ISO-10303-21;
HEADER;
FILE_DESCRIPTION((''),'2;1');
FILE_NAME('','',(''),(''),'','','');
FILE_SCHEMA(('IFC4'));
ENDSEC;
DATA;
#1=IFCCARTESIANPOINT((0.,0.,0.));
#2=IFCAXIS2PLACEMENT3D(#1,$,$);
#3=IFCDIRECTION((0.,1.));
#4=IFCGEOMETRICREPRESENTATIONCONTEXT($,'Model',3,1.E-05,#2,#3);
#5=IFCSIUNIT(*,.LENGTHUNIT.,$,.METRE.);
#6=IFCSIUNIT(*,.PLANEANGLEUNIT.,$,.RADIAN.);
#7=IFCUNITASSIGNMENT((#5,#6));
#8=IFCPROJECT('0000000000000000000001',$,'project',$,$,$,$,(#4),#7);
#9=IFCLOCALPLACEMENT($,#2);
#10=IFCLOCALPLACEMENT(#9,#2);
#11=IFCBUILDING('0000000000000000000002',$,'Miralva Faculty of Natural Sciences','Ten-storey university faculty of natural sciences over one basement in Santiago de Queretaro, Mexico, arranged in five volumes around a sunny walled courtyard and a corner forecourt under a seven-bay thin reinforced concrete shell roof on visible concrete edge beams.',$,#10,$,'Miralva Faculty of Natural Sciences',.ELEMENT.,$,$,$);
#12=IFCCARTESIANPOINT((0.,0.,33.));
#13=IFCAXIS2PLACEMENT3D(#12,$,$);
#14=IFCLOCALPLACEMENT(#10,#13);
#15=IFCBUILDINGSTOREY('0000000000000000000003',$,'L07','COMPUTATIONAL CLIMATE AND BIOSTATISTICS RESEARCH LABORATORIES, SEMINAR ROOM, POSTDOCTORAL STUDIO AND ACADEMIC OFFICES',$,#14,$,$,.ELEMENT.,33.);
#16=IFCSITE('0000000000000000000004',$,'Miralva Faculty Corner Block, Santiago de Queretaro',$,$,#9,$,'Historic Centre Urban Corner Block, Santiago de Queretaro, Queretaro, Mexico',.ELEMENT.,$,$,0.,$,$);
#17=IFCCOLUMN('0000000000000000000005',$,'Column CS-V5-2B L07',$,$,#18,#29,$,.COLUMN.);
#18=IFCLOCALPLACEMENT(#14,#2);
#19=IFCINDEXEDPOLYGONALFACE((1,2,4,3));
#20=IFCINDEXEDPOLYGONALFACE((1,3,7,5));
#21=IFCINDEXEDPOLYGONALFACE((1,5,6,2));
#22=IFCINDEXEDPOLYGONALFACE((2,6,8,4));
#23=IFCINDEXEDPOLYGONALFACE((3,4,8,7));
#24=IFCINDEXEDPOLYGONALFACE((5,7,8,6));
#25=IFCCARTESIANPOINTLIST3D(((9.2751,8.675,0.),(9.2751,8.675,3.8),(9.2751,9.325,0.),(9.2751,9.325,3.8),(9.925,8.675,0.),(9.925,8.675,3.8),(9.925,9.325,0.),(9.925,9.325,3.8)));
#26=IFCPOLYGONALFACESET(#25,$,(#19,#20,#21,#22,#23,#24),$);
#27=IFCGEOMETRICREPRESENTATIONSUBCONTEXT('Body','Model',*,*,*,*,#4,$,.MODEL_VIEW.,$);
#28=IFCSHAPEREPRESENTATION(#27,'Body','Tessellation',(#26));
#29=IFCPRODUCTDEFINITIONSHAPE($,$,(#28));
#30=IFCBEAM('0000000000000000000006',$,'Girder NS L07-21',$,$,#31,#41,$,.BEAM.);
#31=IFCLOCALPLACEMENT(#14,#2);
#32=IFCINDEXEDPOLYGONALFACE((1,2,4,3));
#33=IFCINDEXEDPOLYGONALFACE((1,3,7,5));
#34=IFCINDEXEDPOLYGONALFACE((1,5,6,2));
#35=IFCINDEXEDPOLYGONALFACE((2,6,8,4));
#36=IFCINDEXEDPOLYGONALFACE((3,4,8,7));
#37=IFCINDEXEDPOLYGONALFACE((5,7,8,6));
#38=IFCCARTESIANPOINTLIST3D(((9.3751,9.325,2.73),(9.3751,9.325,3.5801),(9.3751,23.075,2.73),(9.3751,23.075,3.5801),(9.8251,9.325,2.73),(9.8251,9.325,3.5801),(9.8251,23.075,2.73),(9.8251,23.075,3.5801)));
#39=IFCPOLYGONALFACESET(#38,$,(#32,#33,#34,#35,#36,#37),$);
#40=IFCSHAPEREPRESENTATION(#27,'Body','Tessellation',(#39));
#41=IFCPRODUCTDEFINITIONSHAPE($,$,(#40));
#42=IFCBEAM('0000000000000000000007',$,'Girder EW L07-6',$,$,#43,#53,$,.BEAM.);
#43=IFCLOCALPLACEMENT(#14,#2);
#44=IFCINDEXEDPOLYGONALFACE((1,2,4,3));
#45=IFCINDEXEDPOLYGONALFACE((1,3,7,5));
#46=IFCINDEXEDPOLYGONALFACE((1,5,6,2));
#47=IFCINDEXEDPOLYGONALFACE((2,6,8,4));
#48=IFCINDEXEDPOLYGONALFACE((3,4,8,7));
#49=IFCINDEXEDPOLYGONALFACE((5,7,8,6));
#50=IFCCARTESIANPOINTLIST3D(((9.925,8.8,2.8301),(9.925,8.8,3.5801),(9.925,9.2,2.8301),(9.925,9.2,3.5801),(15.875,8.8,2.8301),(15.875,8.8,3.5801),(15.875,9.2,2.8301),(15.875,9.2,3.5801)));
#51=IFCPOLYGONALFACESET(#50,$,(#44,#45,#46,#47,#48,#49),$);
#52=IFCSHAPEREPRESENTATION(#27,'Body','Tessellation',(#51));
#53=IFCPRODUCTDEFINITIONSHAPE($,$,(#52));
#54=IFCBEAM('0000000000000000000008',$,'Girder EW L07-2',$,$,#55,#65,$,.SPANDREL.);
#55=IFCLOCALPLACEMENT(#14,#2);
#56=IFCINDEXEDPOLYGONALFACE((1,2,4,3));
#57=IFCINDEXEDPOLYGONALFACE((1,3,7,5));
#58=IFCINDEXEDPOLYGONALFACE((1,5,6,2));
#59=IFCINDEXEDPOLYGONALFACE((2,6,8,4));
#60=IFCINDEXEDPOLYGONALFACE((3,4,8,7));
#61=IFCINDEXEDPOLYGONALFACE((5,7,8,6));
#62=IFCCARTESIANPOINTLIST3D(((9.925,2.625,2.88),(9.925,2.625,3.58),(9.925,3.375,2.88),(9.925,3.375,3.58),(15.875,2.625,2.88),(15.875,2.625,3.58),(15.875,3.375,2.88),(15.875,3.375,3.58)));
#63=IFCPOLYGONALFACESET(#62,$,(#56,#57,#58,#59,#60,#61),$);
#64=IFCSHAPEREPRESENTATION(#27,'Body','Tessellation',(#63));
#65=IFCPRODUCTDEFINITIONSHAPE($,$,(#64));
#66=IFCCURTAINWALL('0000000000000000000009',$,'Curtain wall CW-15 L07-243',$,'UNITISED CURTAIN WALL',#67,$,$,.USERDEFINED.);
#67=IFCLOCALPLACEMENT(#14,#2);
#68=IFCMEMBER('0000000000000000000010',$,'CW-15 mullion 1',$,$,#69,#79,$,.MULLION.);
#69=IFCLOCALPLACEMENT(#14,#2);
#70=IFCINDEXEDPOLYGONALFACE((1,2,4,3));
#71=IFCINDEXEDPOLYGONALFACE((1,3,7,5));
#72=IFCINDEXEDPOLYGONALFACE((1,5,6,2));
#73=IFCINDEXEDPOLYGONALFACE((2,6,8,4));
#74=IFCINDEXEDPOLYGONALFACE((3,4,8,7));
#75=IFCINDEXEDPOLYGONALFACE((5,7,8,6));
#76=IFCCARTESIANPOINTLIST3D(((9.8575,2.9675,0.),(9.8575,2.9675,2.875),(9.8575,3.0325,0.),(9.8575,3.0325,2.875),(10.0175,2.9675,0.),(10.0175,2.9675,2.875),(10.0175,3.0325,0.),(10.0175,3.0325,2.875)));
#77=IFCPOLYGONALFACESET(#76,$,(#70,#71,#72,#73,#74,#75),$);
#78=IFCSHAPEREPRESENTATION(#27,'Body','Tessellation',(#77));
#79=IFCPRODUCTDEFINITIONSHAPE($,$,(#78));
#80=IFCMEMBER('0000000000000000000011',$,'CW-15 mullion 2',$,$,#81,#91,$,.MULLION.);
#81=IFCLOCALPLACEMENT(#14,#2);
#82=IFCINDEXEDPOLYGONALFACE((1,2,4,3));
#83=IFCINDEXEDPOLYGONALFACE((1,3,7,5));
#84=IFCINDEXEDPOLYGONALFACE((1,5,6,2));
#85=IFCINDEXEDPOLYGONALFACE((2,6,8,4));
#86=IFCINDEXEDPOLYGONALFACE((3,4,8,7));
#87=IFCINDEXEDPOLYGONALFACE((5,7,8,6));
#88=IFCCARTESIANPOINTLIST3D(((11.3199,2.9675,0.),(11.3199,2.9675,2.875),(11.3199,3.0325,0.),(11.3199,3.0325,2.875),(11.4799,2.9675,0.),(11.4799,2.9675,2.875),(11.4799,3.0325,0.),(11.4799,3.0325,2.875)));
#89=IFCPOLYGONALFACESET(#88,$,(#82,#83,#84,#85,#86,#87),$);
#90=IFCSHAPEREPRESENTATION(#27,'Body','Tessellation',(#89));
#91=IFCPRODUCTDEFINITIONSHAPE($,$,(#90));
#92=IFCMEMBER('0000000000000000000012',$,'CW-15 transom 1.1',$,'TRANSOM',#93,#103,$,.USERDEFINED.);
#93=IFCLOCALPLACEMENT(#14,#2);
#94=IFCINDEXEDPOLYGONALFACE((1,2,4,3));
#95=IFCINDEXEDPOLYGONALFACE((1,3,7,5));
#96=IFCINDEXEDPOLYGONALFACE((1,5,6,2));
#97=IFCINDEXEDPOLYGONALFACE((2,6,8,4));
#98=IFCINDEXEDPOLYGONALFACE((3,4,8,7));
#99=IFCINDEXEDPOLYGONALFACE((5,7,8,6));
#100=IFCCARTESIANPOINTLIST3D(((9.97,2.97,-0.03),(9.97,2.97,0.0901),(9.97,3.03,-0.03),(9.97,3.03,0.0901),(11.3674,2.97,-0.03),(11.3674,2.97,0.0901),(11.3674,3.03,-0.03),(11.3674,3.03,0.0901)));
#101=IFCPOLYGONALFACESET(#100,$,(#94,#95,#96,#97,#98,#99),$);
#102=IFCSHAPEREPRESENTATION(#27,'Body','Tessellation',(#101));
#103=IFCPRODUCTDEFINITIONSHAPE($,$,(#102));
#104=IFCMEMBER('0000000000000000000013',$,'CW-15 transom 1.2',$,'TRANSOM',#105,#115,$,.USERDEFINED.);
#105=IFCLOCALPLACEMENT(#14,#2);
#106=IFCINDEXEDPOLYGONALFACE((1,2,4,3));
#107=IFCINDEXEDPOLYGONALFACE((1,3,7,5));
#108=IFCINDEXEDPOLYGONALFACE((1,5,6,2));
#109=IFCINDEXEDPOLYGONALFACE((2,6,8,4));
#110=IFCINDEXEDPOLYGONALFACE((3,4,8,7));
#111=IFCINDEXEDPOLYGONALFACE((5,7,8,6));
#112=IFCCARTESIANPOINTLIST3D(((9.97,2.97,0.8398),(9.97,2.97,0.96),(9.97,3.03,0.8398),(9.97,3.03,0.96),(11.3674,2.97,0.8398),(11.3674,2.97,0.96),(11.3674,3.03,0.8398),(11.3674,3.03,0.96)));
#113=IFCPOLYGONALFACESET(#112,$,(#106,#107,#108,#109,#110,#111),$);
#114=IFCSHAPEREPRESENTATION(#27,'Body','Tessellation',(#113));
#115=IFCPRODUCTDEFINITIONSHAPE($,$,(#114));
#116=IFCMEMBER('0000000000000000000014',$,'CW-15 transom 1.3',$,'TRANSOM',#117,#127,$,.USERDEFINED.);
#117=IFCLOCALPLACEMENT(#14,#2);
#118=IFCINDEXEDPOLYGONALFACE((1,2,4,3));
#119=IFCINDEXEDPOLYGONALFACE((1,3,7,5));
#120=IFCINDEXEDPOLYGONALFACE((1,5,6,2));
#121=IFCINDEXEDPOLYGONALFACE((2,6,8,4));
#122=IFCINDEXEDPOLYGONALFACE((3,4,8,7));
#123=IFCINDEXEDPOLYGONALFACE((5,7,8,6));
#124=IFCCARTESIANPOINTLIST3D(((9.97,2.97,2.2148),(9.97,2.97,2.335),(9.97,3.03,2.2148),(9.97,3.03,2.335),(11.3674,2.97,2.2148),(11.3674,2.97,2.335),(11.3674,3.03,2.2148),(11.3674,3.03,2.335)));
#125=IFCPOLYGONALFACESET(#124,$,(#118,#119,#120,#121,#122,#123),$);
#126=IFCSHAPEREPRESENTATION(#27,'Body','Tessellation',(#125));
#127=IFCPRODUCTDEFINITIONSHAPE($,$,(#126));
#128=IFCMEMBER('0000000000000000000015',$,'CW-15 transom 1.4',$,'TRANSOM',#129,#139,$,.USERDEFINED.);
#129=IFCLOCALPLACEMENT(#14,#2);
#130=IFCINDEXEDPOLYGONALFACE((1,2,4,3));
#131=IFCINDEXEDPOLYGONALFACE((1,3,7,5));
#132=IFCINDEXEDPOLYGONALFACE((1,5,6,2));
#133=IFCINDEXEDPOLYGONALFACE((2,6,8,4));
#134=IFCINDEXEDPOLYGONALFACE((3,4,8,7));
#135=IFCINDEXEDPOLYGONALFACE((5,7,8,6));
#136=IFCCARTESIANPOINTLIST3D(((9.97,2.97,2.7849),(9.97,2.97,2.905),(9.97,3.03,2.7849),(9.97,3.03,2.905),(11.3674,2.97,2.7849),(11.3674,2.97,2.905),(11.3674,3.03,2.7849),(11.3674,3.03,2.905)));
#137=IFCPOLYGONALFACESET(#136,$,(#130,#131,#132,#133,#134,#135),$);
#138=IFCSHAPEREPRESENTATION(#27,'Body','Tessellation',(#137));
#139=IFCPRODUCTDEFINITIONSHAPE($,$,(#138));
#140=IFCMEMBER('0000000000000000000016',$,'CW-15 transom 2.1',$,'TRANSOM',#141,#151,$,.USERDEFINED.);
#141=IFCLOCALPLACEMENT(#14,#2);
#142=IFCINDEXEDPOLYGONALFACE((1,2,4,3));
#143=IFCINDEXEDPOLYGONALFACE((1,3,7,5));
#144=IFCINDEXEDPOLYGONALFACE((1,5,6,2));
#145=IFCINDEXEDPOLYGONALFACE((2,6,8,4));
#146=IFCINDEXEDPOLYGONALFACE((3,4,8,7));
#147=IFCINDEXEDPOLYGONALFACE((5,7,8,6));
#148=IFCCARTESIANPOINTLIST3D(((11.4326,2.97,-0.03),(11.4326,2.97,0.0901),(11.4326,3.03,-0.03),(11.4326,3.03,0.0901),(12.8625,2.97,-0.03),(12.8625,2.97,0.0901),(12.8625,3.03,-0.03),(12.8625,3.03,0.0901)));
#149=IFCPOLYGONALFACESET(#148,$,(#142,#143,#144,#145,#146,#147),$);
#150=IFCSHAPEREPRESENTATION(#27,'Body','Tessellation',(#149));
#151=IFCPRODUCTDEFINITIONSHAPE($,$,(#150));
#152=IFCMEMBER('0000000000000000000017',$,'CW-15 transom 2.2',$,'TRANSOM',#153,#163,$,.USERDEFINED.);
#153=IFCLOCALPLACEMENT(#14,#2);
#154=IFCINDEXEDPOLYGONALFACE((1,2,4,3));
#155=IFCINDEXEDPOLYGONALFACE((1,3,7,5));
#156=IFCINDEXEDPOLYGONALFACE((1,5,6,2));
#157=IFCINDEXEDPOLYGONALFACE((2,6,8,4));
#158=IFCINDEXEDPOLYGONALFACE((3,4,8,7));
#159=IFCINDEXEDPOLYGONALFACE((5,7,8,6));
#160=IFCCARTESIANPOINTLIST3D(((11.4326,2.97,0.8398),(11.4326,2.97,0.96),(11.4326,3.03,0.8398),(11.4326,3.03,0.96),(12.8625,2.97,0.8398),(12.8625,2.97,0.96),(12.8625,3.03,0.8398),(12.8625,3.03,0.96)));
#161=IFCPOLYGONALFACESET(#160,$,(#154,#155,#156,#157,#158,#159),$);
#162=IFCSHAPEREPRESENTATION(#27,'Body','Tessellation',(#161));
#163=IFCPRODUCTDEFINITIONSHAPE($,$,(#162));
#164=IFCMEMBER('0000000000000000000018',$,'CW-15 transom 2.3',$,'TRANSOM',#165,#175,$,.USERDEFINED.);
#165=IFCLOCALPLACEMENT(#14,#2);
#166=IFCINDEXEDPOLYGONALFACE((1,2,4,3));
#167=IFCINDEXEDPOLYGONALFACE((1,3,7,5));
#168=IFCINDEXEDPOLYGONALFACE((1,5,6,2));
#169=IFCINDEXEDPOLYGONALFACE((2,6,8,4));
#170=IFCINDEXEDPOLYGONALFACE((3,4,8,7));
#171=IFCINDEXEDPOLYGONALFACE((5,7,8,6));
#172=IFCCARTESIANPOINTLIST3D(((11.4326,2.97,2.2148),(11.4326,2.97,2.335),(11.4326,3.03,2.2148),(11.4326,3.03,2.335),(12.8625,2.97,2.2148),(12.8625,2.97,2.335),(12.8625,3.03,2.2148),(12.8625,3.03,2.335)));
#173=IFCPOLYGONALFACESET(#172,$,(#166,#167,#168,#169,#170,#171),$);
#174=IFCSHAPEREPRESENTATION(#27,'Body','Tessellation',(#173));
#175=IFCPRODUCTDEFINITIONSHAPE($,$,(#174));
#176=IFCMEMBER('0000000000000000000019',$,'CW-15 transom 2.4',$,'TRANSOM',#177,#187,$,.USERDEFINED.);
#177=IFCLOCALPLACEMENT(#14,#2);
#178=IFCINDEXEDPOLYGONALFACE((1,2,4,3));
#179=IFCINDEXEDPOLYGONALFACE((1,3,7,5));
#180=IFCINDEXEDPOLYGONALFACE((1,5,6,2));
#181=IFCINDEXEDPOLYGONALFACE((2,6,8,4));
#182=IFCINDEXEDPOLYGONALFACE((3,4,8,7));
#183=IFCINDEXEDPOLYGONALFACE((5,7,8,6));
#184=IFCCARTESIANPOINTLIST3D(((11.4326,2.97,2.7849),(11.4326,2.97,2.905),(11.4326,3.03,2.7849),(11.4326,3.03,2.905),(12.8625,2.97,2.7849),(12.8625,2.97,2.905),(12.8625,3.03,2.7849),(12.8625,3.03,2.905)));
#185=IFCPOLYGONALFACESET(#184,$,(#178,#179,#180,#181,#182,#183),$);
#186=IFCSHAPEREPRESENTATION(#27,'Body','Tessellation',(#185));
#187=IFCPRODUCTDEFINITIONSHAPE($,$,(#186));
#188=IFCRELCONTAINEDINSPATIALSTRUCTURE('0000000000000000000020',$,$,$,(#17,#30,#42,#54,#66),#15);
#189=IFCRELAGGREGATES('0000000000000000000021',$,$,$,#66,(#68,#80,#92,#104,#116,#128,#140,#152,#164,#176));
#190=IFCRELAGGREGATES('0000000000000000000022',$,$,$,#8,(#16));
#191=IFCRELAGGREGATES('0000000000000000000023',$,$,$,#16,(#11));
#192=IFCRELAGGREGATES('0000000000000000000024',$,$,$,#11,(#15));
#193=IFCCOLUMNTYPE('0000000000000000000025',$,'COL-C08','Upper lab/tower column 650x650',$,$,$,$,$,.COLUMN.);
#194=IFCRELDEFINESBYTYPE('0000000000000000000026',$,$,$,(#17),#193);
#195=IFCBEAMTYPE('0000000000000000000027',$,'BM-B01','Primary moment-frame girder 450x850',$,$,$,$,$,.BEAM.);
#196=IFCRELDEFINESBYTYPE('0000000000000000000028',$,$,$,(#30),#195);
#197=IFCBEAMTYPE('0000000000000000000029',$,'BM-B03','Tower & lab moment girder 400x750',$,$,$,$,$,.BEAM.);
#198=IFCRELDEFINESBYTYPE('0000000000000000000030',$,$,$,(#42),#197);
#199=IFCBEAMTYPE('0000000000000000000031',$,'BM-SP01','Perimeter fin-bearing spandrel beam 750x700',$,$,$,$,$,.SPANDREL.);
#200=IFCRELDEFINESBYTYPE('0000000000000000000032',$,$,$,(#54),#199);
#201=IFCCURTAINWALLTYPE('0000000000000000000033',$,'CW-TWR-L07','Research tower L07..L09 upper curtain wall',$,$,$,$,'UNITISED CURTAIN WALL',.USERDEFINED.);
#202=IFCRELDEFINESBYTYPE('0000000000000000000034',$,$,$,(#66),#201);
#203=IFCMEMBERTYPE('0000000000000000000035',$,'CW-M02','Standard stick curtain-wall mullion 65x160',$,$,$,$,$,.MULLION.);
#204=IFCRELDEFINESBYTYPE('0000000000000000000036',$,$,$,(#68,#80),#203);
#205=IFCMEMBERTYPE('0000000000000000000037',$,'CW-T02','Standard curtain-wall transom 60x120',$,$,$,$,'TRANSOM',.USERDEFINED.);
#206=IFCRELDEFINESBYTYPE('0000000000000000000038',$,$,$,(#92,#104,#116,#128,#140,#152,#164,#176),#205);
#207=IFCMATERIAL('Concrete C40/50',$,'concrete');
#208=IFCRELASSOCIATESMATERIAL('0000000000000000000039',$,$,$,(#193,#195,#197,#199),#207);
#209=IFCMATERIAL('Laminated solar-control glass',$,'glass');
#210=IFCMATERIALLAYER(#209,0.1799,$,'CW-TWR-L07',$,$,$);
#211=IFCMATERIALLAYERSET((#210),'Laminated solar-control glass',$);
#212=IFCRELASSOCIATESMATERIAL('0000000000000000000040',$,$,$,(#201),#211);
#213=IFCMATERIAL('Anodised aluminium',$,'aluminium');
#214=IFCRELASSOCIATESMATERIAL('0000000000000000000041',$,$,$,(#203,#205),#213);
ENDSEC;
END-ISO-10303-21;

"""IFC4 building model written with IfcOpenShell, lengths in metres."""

from ifc_helpers import new_model, si_unit, direction, frame, origin, origin_2d, place, context, subcontext, project, spatial, rectangle, extrude, material, layer, layer_set, material_profile, profile_set, type_object, element, aggregate, save


model = new_model("IFC4")

# Units and contexts
model_context = context("Model", 3, precision=1e-05, world=origin(), true_north=direction((0.0, 1.0)))
body_context = subcontext(model_context, "Body", "Model", "MODEL_VIEW")
ifc_project = project(units=[si_unit("LENGTHUNIT", "METRE"), si_unit("PLANEANGLEUNIT", "RADIAN")], contexts=[model_context])

# Site, building, storey
site_placement = place(None, origin())
site = spatial("IfcSite", under=ifc_project, at=site_placement, Name="Miralva Faculty Corner Block, Santiago de Queretaro", LongName="Historic Centre Urban Corner Block, Santiago de Queretaro, Queretaro, Mexico", CompositionType="ELEMENT", RefElevation=0.0)
building_placement = place(site_placement, origin())
building = spatial("IfcBuilding", under=site, at=building_placement, Name="Miralva Faculty of Natural Sciences", Description="Ten-storey university faculty of natural sciences over one basement in Santiago de Queretaro, Mexico, arranged in five volumes around a sunny walled courtyard and a corner forecourt under a seven-bay thin reinforced concrete shell roof on visible concrete edge beams.", LongName="Miralva Faculty of Natural Sciences", CompositionType="ELEMENT")
storey_placement = place(building_placement, frame((0.0, 0.0, 33.0)))
storey = spatial("IfcBuildingStorey", under=building, at=storey_placement, Name="L07", Description="COMPUTATIONAL CLIMATE AND BIOSTATISTICS RESEARCH LABORATORIES, SEMINAR ROOM, POSTDOCTORAL STUDIO AND ACADEMIC OFFICES", CompositionType="ELEMENT", Elevation=33.0)

# Column
ifc_material_1 = material(Name="Concrete C40/50", Category="concrete")
ifc_material_profile_1 = material_profile(ifc_material_1, rectangle(XDim=0.6499, YDim=0.6499, at=origin_2d()), Name="RC 650x650")
ifc_profile_set_1 = profile_set([ifc_material_profile_1], Name="Concrete C40/50")
column_type = type_object("IfcColumnType", Name="COL-C08", Description="Upper lab/tower column 650x650", PredefinedType="COLUMN", material=ifc_profile_set_1)
column_placement = place(storey_placement, frame((9.6001, 9.0, 0.0), z_axis=(0.0, 0.0, 1.0), x_axis=(1.0, 0.0, 0.0)))
element("IfcColumn", 1, at=column_placement, inside=storey, type_object=column_type, Name="Column CS-V5-2B L07", PredefinedType="COLUMN", context=body_context, shape_type="SweptSolid", body=[
    extrude(rectangle(XDim=0.6499, YDim=0.6499, at=origin_2d()), origin(), (0.0, 0.0, 1.0), 3.8),
])

# Beams
ifc_material_profile_2 = material_profile(ifc_material_1, rectangle(XDim=0.45, YDim=0.8501, at=origin_2d()), Name="RC 450x850")
ifc_profile_set_2 = profile_set([ifc_material_profile_2], Name="Concrete C40/50")
beam_type_1 = type_object("IfcBeamType", Name="BM-B01", Description="Primary moment-frame girder 450x850", PredefinedType="BEAM", material=ifc_profile_set_2)
beam_1_placement = place(storey_placement, frame((9.6001, 9.325, 3.155), z_axis=(0.0, 1.0, 0.0), x_axis=(-1.0, 0.0, 0.0)))
element("IfcBeam", 2, at=beam_1_placement, inside=storey, type_object=beam_type_1, Name="Girder NS L07-21", PredefinedType="BEAM", context=body_context, shape_type="SweptSolid", body=[
    extrude(rectangle(XDim=0.45, YDim=0.8501, at=origin_2d()), origin(), (0.0, 0.0, 1.0), 13.75),
])
ifc_material_profile_3 = material_profile(ifc_material_1, rectangle(XDim=0.3999, YDim=0.75, at=origin_2d()), Name="RC 400x750")
ifc_profile_set_3 = profile_set([ifc_material_profile_3], Name="Concrete C40/50")
beam_type_2 = type_object("IfcBeamType", Name="BM-B03", Description="Tower & lab moment girder 400x750", PredefinedType="BEAM", material=ifc_profile_set_3)
beam_2_placement = place(storey_placement, frame((9.925, 9.0, 3.2051), z_axis=(1.0, 0.0, 0.0), x_axis=(0.0, 1.0, 0.0)))
element("IfcBeam", 3, at=beam_2_placement, inside=storey, type_object=beam_type_2, Name="Girder EW L07-6", PredefinedType="BEAM", context=body_context, shape_type="SweptSolid", body=[
    extrude(rectangle(XDim=0.3999, YDim=0.75, at=origin_2d()), origin(), (0.0, 0.0, 1.0), 5.95),
])
ifc_material_profile_4 = material_profile(ifc_material_1, rectangle(XDim=0.75, YDim=0.7, at=origin_2d()), Name="RC 750x700")
ifc_profile_set_4 = profile_set([ifc_material_profile_4], Name="Concrete C40/50")
beam_type_3 = type_object("IfcBeamType", Name="BM-SP01", Description="Perimeter fin-bearing spandrel beam 750x700", PredefinedType="SPANDREL", material=ifc_profile_set_4)
beam_3_placement = place(storey_placement, frame((9.925, 3.0, 3.23), z_axis=(1.0, 0.0, 0.0), x_axis=(0.0, 1.0, 0.0)))
element("IfcBeam", 4, at=beam_3_placement, inside=storey, type_object=beam_type_3, Name="Girder EW L07-2", PredefinedType="SPANDREL", context=body_context, shape_type="SweptSolid", body=[
    extrude(rectangle(XDim=0.75, YDim=0.7, at=origin_2d()), origin(), (0.0, 0.0, 1.0), 5.95),
])

# Curtain wall, members
ifc_material_2 = material(Name="Laminated solar-control glass", Category="glass")
ifc_layer_1 = layer(ifc_material_2, 0.1799, Name="CW-TWR-L07")
ifc_layer_set_1 = layer_set([ifc_layer_1], Name="Laminated solar-control glass")
curtain_wall_type = type_object("IfcCurtainWallType", Name="CW-TWR-L07", Description="Research tower L07..L09 upper curtain wall", ElementType="UNITISED CURTAIN WALL", PredefinedType="USERDEFINED", material=ifc_layer_set_1)
curtain_wall_placement = place(storey_placement, origin())
curtain_wall = element("IfcCurtainWall", 5, at=curtain_wall_placement, inside=storey, type_object=curtain_wall_type, Name="Curtain wall CW-15 L07-243", ObjectType="UNITISED CURTAIN WALL", PredefinedType="USERDEFINED")
ifc_material_3 = material(Name="Anodised aluminium", Category="aluminium")
ifc_material_profile_5 = material_profile(ifc_material_3, rectangle(XDim=0.0649, YDim=0.1599, at=origin_2d()), Name="MULLION 65x160")
ifc_profile_set_5 = profile_set([ifc_material_profile_5], Name="Anodised aluminium")
member_type_1 = type_object("IfcMemberType", Name="CW-M02", Description="Standard stick curtain-wall mullion 65x160", PredefinedType="MULLION", material=ifc_profile_set_5)
member_1_placement = place(storey_placement, frame((9.9375, 3.0, 0.0), z_axis=(0.0, 0.0, 1.0), x_axis=(0.0, 1.0, 0.0)))
member_1 = element("IfcMember", 6, at=member_1_placement, type_object=member_type_1, Name="CW-15 mullion 1", PredefinedType="MULLION", context=body_context, shape_type="SweptSolid", body=[
    extrude(rectangle(XDim=0.0649, YDim=0.1599, at=origin_2d()), origin(), (0.0, 0.0, 1.0), 2.875),
])
member_2_placement = place(storey_placement, frame((11.3999, 3.0, 0.0), z_axis=(0.0, 0.0, 1.0), x_axis=(0.0, 1.0, 0.0)))
member_2 = element("IfcMember", 7, at=member_2_placement, type_object=member_type_1, Name="CW-15 mullion 2", PredefinedType="MULLION", context=body_context, shape_type="SweptSolid", body=[
    extrude(rectangle(XDim=0.0649, YDim=0.1599, at=origin_2d()), origin(), (0.0, 0.0, 1.0), 2.875),
])
ifc_material_profile_6 = material_profile(ifc_material_3, rectangle(XDim=0.0601, YDim=0.1201, at=origin_2d()), Name="TRANSOM 60x120")
ifc_profile_set_6 = profile_set([ifc_material_profile_6], Name="Anodised aluminium")
member_type_2 = type_object("IfcMemberType", Name="CW-T02", Description="Standard curtain-wall transom 60x120", ElementType="TRANSOM", PredefinedType="USERDEFINED", material=ifc_profile_set_6)
member_3_placement = place(storey_placement, frame((9.97, 3.0, 0.03), z_axis=(1.0, 0.0, 0.0), x_axis=(0.0, 1.0, 0.0)))
member_3 = element("IfcMember", 8, at=member_3_placement, type_object=member_type_2, Name="CW-15 transom 1.1", ObjectType="TRANSOM", PredefinedType="USERDEFINED", context=body_context, shape_type="SweptSolid", body=[
    extrude(rectangle(XDim=0.0601, YDim=0.1201, at=origin_2d()), origin(), (0.0, 0.0, 1.0), 1.3975),
])
member_4_placement = place(storey_placement, frame((9.97, 3.0, 0.8999), z_axis=(1.0, 0.0, 0.0), x_axis=(0.0, 1.0, 0.0)))
member_4 = element("IfcMember", 9, at=member_4_placement, type_object=member_type_2, Name="CW-15 transom 1.2", ObjectType="TRANSOM", PredefinedType="USERDEFINED", context=body_context, shape_type="SweptSolid", body=[
    extrude(rectangle(XDim=0.0601, YDim=0.1201, at=origin_2d()), origin(), (0.0, 0.0, 1.0), 1.3975),
])
member_5_placement = place(storey_placement, frame((9.97, 3.0, 2.2749), z_axis=(1.0, 0.0, 0.0), x_axis=(0.0, 1.0, 0.0)))
member_5 = element("IfcMember", 10, at=member_5_placement, type_object=member_type_2, Name="CW-15 transom 1.3", ObjectType="TRANSOM", PredefinedType="USERDEFINED", context=body_context, shape_type="SweptSolid", body=[
    extrude(rectangle(XDim=0.0601, YDim=0.1201, at=origin_2d()), origin(), (0.0, 0.0, 1.0), 1.3975),
])
member_6_placement = place(storey_placement, frame((9.97, 3.0, 2.845), z_axis=(1.0, 0.0, 0.0), x_axis=(0.0, 1.0, 0.0)))
member_6 = element("IfcMember", 11, at=member_6_placement, type_object=member_type_2, Name="CW-15 transom 1.4", ObjectType="TRANSOM", PredefinedType="USERDEFINED", context=body_context, shape_type="SweptSolid", body=[
    extrude(rectangle(XDim=0.0601, YDim=0.1201, at=origin_2d()), origin(), (0.0, 0.0, 1.0), 1.3975),
])
member_7_placement = place(storey_placement, frame((11.4326, 3.0, 0.03), z_axis=(1.0, 0.0, 0.0), x_axis=(0.0, 1.0, 0.0)))
member_7 = element("IfcMember", 12, at=member_7_placement, type_object=member_type_2, Name="CW-15 transom 2.1", ObjectType="TRANSOM", PredefinedType="USERDEFINED", context=body_context, shape_type="SweptSolid", body=[
    extrude(rectangle(XDim=0.0601, YDim=0.1201, at=origin_2d()), origin(), (0.0, 0.0, 1.0), 1.4299),
])
member_8_placement = place(storey_placement, frame((11.4326, 3.0, 0.8999), z_axis=(1.0, 0.0, 0.0), x_axis=(0.0, 1.0, 0.0)))
member_8 = element("IfcMember", 13, at=member_8_placement, type_object=member_type_2, Name="CW-15 transom 2.2", ObjectType="TRANSOM", PredefinedType="USERDEFINED", context=body_context, shape_type="SweptSolid", body=[
    extrude(rectangle(XDim=0.0601, YDim=0.1201, at=origin_2d()), origin(), (0.0, 0.0, 1.0), 1.4299),
])
member_9_placement = place(storey_placement, frame((11.4326, 3.0, 2.2749), z_axis=(1.0, 0.0, 0.0), x_axis=(0.0, 1.0, 0.0)))
member_9 = element("IfcMember", 14, at=member_9_placement, type_object=member_type_2, Name="CW-15 transom 2.3", ObjectType="TRANSOM", PredefinedType="USERDEFINED", context=body_context, shape_type="SweptSolid", body=[
    extrude(rectangle(XDim=0.0601, YDim=0.1201, at=origin_2d()), origin(), (0.0, 0.0, 1.0), 1.4299),
])
member_10_placement = place(storey_placement, frame((11.4326, 3.0, 2.845), z_axis=(1.0, 0.0, 0.0), x_axis=(0.0, 1.0, 0.0)))
member_10 = element("IfcMember", 15, at=member_10_placement, type_object=member_type_2, Name="CW-15 transom 2.4", ObjectType="TRANSOM", PredefinedType="USERDEFINED", context=body_context, shape_type="SweptSolid", body=[
    extrude(rectangle(XDim=0.0601, YDim=0.1201, at=origin_2d()), origin(), (0.0, 0.0, 1.0), 1.4299),
])

aggregate(curtain_wall, [member_1, member_2, member_3, member_4, member_5, member_6, member_7, member_8, member_9, member_10])

save(model, "model.ifc")
